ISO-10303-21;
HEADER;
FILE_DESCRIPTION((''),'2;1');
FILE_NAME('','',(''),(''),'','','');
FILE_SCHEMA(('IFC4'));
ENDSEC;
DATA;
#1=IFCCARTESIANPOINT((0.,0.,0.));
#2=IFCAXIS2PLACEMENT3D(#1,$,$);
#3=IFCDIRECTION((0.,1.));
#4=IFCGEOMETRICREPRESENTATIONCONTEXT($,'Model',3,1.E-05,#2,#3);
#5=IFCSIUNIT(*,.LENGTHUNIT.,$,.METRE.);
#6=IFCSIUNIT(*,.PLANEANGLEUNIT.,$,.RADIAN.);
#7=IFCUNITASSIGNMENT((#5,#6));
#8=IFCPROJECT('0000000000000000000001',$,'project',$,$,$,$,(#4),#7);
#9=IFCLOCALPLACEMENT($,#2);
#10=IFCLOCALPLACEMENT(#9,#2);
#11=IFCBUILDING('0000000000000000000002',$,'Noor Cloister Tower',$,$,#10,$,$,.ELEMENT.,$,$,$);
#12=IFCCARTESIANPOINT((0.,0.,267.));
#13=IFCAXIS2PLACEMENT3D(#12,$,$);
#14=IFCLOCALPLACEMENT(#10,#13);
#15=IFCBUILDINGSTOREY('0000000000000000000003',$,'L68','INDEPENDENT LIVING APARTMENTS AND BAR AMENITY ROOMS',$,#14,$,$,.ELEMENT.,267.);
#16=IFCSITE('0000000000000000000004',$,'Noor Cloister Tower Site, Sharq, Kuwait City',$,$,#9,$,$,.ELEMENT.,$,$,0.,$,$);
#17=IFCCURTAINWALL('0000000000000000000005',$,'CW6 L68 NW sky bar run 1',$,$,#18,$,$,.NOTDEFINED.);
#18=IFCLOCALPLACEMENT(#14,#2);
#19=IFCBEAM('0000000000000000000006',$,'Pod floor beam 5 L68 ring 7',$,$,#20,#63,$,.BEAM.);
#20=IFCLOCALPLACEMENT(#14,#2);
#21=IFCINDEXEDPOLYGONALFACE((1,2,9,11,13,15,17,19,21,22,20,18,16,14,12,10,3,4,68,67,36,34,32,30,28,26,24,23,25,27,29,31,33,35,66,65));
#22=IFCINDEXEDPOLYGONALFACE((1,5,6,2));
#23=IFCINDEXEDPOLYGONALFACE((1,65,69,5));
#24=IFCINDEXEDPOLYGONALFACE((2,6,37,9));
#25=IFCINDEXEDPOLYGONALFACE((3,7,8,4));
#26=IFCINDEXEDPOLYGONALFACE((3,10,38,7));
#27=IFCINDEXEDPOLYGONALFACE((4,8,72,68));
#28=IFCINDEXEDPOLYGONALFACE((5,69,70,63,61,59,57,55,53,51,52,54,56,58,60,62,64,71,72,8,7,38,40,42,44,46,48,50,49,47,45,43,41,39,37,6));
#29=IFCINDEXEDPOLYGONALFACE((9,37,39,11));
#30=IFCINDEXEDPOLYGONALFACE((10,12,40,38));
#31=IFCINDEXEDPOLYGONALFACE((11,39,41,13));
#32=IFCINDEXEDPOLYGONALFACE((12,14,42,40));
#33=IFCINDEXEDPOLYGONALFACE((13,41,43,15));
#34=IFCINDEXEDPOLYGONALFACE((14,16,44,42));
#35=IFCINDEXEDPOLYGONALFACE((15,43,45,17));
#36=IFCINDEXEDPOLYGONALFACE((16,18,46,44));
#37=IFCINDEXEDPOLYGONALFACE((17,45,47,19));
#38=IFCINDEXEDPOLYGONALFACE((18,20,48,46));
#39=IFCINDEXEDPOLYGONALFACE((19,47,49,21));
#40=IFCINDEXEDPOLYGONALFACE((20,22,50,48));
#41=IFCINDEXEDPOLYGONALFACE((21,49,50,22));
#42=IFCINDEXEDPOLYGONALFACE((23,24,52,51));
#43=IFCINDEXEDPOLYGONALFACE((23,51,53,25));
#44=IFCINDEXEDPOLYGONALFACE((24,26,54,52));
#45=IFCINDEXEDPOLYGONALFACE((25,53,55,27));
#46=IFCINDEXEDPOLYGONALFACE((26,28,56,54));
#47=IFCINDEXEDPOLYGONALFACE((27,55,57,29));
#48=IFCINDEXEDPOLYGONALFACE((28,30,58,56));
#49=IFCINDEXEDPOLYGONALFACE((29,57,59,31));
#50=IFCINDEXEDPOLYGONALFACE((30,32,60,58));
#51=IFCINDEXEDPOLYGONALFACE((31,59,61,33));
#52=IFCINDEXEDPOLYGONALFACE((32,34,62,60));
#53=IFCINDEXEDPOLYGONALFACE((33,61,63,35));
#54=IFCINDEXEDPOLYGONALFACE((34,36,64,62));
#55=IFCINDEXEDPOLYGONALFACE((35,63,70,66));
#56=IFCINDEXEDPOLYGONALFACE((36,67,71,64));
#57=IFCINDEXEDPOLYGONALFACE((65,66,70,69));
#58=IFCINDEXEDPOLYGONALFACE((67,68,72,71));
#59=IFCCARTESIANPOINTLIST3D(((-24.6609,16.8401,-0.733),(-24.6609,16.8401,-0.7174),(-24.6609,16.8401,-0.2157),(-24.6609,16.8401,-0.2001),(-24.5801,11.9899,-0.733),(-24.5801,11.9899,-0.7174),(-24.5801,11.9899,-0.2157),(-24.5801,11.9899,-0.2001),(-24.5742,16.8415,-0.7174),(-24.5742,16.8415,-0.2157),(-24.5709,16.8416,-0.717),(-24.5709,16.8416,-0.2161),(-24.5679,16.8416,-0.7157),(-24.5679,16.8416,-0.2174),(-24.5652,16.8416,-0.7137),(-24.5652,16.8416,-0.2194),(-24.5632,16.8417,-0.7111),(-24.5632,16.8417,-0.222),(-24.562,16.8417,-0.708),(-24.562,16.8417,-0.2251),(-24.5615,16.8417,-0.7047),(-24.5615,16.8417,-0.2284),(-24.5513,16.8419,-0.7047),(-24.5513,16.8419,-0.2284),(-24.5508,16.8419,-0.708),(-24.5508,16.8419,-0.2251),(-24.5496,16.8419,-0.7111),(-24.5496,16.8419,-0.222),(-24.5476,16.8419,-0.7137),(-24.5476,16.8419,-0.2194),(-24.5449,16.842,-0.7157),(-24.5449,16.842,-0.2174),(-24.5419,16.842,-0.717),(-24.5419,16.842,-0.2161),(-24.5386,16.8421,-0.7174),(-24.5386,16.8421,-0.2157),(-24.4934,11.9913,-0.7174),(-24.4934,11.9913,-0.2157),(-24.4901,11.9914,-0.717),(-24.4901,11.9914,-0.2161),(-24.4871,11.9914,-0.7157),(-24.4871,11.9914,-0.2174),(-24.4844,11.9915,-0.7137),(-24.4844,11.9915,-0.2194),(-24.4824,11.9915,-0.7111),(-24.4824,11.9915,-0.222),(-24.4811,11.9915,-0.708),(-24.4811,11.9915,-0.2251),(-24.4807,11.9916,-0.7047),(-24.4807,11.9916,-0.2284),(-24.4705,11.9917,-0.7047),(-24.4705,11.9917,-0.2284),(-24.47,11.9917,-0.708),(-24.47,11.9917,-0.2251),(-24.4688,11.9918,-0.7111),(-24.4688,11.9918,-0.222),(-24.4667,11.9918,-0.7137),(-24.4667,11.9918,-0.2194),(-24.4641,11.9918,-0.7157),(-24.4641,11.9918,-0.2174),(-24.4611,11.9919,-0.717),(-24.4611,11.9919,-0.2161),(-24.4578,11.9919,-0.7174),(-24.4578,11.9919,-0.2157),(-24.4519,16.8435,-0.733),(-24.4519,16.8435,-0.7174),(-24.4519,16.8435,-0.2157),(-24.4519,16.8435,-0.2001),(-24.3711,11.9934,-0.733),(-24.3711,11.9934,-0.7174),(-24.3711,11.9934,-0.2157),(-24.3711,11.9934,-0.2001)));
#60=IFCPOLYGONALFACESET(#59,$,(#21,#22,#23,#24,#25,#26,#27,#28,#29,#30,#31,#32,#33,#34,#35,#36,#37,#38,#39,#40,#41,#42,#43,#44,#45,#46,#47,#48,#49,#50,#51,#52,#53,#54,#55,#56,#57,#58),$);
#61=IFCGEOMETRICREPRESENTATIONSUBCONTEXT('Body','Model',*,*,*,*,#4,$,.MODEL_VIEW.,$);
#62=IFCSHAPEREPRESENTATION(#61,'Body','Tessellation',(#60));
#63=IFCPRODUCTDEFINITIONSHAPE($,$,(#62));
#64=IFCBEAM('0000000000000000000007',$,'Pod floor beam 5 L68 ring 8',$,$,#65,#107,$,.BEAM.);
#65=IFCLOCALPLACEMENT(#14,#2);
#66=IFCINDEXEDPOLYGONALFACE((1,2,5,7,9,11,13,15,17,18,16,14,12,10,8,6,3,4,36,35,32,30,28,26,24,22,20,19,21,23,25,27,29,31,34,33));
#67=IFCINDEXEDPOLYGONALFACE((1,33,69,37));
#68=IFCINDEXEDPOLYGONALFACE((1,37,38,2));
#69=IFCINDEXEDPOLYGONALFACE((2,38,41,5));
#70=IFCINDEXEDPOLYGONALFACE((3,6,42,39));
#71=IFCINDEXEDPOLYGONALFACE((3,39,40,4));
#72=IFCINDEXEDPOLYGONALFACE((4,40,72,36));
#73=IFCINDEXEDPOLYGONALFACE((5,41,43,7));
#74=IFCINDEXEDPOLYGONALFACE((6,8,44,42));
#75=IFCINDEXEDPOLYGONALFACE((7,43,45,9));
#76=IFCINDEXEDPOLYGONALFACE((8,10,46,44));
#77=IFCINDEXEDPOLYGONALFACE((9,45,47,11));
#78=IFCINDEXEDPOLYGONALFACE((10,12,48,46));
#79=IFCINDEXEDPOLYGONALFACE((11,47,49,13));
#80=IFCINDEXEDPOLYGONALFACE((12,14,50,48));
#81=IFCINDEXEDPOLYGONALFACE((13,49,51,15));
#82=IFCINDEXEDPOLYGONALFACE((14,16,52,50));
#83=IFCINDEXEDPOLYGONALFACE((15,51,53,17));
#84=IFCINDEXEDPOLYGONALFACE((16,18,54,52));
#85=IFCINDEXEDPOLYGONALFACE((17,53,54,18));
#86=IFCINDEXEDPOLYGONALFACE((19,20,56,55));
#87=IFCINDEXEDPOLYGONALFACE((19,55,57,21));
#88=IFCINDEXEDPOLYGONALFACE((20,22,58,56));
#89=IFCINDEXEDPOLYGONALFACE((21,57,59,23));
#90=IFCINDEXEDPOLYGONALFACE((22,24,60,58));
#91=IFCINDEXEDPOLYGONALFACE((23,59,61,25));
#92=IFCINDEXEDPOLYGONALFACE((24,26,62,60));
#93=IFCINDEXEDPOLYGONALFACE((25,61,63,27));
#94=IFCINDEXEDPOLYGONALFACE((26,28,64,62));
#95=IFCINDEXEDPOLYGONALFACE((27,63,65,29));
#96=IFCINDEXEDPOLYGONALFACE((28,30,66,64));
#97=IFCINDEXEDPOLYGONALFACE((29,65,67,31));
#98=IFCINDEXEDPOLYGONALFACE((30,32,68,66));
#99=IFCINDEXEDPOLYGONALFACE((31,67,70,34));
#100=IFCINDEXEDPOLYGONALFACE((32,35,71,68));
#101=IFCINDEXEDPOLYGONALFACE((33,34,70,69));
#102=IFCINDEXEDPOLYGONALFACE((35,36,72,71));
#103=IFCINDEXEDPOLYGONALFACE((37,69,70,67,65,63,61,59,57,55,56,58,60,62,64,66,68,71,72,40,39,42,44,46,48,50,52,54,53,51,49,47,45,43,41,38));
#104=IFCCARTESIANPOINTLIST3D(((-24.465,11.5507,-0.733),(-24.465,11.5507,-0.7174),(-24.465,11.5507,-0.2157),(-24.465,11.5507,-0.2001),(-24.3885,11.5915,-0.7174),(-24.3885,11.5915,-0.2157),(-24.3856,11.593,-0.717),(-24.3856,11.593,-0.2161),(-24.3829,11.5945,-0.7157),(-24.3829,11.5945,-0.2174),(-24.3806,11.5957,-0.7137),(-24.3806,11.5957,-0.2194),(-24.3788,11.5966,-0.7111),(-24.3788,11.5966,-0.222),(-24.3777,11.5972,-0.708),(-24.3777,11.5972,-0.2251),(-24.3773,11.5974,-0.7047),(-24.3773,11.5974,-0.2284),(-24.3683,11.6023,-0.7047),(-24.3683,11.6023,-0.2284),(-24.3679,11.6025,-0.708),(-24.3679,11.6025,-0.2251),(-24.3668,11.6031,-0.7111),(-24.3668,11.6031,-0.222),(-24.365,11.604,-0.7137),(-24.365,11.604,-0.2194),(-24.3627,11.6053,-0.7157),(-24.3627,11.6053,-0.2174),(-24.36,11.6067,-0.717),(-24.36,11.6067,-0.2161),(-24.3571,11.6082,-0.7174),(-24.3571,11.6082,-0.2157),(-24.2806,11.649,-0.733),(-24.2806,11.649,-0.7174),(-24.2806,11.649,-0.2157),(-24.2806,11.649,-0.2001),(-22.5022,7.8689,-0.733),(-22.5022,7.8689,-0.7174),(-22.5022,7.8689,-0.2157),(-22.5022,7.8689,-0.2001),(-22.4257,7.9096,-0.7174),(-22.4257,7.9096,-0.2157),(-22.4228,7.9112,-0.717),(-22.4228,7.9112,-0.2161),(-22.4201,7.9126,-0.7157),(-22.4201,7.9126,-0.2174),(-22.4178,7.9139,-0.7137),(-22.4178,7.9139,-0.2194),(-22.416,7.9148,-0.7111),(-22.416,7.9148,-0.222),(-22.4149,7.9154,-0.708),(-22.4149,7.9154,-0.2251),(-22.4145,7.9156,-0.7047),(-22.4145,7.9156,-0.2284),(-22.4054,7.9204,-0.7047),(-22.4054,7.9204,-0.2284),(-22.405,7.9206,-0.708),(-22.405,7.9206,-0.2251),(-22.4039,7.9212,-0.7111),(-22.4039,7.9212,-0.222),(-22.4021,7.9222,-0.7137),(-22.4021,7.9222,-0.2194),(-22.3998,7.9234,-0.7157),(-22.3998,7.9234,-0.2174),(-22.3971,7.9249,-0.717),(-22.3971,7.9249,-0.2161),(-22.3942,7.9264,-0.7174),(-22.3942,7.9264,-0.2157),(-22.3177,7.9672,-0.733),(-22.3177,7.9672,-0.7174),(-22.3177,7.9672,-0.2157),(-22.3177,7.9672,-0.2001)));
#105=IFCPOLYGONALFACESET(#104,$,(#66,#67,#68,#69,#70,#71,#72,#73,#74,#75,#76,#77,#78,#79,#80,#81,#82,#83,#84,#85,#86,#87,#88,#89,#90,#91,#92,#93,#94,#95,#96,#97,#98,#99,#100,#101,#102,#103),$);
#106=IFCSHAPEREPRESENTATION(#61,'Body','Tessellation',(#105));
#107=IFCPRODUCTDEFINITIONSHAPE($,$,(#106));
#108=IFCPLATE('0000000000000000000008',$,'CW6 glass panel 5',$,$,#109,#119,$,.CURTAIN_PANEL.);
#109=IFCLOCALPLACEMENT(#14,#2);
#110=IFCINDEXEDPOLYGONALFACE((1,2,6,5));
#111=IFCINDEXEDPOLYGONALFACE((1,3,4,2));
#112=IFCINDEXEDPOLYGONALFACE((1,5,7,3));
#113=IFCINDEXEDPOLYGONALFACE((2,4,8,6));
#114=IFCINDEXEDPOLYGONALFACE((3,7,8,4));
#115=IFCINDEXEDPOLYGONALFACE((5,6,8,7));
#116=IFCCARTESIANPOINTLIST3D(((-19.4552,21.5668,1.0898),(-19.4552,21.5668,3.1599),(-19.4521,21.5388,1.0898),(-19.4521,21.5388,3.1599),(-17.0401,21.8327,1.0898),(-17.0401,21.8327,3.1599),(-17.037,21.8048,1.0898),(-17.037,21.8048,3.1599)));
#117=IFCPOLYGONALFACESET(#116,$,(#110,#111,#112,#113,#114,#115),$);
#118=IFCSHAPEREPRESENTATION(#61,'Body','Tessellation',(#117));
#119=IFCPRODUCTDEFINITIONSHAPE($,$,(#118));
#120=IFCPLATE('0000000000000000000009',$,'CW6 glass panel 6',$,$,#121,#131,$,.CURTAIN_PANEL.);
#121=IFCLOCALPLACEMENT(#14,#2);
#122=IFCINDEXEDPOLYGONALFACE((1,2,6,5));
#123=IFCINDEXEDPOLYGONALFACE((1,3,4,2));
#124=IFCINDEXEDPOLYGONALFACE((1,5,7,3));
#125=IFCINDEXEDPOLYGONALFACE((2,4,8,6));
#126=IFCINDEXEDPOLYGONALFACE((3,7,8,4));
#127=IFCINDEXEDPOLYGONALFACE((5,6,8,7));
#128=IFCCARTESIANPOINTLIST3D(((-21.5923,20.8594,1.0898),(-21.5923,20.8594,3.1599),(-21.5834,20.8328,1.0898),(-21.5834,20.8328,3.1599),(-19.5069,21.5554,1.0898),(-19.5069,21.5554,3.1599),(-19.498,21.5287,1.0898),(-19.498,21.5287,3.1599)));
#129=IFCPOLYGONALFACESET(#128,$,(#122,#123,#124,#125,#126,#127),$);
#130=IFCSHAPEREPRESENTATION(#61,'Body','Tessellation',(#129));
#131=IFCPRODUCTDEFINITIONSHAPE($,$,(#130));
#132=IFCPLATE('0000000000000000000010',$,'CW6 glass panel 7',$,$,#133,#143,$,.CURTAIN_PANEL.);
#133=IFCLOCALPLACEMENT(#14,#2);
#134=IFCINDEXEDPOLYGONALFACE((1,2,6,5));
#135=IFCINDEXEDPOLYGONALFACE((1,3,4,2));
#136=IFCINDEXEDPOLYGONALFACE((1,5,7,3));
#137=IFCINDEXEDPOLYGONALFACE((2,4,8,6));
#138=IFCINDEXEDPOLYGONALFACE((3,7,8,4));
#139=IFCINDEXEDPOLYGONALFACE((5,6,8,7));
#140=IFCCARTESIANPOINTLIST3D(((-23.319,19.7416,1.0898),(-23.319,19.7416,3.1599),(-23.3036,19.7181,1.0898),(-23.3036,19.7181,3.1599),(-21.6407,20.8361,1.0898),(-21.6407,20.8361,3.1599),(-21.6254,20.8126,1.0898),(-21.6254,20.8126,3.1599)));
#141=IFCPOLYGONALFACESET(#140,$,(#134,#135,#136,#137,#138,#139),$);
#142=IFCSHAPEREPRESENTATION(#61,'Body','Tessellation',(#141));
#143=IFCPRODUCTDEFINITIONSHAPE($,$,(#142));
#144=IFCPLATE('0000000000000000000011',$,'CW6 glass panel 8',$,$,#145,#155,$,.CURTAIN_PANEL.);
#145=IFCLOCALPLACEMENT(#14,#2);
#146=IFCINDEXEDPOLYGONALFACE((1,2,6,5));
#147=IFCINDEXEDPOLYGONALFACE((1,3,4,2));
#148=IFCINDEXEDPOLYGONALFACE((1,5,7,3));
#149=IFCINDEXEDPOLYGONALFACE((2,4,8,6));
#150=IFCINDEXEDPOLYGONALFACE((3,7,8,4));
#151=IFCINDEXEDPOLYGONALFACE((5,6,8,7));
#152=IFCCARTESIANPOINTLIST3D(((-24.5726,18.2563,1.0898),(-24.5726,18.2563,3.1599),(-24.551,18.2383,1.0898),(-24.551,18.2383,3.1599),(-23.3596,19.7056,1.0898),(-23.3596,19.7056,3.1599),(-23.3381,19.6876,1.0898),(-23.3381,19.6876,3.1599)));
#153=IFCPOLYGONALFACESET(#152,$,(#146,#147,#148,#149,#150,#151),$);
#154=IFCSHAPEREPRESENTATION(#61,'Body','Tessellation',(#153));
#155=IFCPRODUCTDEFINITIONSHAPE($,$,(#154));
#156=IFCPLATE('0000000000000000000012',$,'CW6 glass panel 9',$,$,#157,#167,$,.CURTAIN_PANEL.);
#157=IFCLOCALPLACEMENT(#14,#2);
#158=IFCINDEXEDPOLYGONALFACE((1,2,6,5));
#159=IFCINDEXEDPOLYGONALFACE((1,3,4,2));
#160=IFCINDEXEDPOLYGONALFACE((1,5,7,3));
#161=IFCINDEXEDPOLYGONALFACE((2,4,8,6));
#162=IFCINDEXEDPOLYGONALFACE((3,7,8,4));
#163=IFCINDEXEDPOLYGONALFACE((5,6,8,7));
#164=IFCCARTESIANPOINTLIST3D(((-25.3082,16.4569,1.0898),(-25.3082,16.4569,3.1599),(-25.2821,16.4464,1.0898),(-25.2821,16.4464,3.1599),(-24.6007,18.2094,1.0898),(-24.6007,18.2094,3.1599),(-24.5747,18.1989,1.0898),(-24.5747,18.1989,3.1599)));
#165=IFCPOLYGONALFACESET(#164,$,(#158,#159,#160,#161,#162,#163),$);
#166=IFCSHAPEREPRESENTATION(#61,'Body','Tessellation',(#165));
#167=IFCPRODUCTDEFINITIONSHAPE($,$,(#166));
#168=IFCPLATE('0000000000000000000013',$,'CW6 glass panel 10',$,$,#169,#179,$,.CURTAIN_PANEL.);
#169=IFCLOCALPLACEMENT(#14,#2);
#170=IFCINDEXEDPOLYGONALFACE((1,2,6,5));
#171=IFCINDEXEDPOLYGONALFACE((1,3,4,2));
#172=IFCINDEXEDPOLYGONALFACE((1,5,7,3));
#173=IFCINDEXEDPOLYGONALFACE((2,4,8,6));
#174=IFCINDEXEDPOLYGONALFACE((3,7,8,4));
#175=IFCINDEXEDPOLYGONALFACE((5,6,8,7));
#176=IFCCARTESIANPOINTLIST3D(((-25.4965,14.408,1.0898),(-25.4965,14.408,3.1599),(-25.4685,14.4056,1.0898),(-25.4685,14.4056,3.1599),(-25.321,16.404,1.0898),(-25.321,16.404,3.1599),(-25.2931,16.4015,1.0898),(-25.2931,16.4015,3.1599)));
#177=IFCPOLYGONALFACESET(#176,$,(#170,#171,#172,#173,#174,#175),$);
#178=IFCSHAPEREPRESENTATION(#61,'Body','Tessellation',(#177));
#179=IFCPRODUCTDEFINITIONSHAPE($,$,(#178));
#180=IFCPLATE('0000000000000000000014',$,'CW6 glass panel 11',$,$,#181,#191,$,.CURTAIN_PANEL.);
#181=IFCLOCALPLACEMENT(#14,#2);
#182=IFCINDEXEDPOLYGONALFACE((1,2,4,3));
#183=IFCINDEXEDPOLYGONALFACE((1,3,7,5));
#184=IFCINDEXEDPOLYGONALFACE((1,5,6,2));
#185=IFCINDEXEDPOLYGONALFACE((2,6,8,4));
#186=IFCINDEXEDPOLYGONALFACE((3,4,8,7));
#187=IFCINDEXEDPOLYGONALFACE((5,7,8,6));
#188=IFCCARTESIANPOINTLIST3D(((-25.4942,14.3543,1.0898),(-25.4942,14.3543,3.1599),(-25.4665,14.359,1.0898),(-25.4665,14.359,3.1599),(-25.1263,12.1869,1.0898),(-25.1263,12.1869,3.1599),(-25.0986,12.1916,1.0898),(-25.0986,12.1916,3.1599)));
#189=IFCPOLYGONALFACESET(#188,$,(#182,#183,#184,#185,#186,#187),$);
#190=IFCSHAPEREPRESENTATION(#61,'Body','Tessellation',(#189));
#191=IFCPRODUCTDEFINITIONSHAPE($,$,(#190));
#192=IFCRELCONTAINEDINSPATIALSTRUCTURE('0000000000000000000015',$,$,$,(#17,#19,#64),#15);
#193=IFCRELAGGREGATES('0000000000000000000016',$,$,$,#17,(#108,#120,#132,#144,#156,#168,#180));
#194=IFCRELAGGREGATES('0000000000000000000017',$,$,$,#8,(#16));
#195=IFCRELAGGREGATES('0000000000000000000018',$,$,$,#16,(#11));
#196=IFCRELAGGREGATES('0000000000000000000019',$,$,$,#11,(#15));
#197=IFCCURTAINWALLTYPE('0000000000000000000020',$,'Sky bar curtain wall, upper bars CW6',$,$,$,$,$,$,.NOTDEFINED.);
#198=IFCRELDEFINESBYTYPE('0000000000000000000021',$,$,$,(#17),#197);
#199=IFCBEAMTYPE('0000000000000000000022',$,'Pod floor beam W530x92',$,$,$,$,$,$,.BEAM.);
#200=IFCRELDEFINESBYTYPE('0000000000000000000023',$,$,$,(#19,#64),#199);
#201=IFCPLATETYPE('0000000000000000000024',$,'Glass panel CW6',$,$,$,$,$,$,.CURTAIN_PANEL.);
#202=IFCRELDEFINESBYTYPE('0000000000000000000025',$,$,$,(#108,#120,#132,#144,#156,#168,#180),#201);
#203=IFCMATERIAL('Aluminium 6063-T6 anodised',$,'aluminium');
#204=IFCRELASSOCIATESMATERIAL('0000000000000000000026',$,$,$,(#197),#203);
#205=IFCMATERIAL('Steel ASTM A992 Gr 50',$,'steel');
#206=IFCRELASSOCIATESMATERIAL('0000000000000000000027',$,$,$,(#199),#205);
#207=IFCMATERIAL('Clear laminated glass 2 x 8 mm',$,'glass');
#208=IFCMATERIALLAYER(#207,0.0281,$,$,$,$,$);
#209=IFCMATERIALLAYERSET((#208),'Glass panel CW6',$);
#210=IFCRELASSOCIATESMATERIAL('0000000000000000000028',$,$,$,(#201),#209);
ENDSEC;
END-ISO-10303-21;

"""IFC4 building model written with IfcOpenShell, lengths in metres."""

from ifc_helpers import new_model, si_unit, direction, frame, origin, origin_2d, place, context, subcontext, project, spatial, rectangle, i_section, extrude, material, layer, layer_set, material_profile, profile_set, type_object, element, aggregate, save


model = new_model("IFC4")

# Units and contexts
model_context = context("Model", 3, precision=1e-05, world=origin(), true_north=direction((0.0, 1.0)))
body_context = subcontext(model_context, "Body", "Model", "MODEL_VIEW")
ifc_project = project(units=[si_unit("LENGTHUNIT", "METRE"), si_unit("PLANEANGLEUNIT", "RADIAN")], contexts=[model_context])

# Site, building, storey
site_placement = place(None, origin())
site = spatial("IfcSite", under=ifc_project, at=site_placement, Name="Noor Cloister Tower Site, Sharq, Kuwait City", CompositionType="ELEMENT", RefElevation=0.0)
building_placement = place(site_placement, origin())
building = spatial("IfcBuilding", under=site, at=building_placement, Name="Noor Cloister Tower", CompositionType="ELEMENT")
storey_placement = place(building_placement, frame((0.0, 0.0, 267.0)))
storey = spatial("IfcBuildingStorey", under=building, at=storey_placement, Name="L68", Description="INDEPENDENT LIVING APARTMENTS AND BAR AMENITY ROOMS", CompositionType="ELEMENT", Elevation=267.0)

# Curtain wall
ifc_material_1 = material(Name="Aluminium 6063-T6 anodised", Category="aluminium")
curtain_wall_type = type_object("IfcCurtainWallType", Name="Sky bar curtain wall, upper bars CW6", PredefinedType="NOTDEFINED", material=ifc_material_1)
curtain_wall_placement = place(storey_placement, origin())
curtain_wall = element("IfcCurtainWall", 1, at=curtain_wall_placement, inside=storey, type_object=curtain_wall_type, Name="CW6 L68 NW sky bar run 1", PredefinedType="NOTDEFINED")

# Beams
ifc_material_2 = material(Name="Steel ASTM A992 Gr 50", Category="steel")
ifc_material_profile_1 = material_profile(ifc_material_2, i_section(OverallWidth=0.209, OverallDepth=0.533, WebThickness=0.0103, FlangeThickness=0.0156, FilletRadius=0.0127, at=origin_2d()), Name="W530x92")
ifc_profile_set_1 = profile_set([ifc_material_profile_1], Name="Steel ASTM A992 Gr 50")
beam_type = type_object("IfcBeamType", Name="Pod floor beam W530x92", PredefinedType="BEAM", material=ifc_profile_set_1)
beam_1_placement = place(storey_placement, frame((-24.5564, 16.8418, -0.4666), z_axis=(0.016659, -0.999861, 0.0), x_axis=(0.999861, 0.016659, 0.0)))
element("IfcBeam", 2, at=beam_1_placement, inside=storey, type_object=beam_type, Name="Pod floor beam 5 L68 ring 7", PredefinedType="BEAM", context=body_context, shape_type="SweptSolid", body=[
    extrude(i_section(OverallWidth=0.209, OverallDepth=0.533, WebThickness=0.0103, FlangeThickness=0.0156, FilletRadius=0.0127, at=origin_2d()), origin(), (0.0, 0.0, 1.0), 4.8508),
])
beam_2_placement = place(storey_placement, frame((-24.3728, 11.5999, -0.4666), z_axis=(0.470442, -0.882431, 0.0), x_axis=(0.882431, 0.470442, 0.0)))
element("IfcBeam", 3, at=beam_2_placement, inside=storey, type_object=beam_type, Name="Pod floor beam 5 L68 ring 8", PredefinedType="BEAM", context=body_context, shape_type="SweptSolid", body=[
    extrude(i_section(OverallWidth=0.209, OverallDepth=0.533, WebThickness=0.0103, FlangeThickness=0.0156, FilletRadius=0.0127, at=origin_2d()), origin(), (0.0, 0.0, 1.0), 4.1724),
])

# Plates
ifc_material_3 = material(Name="Clear laminated glass 2 x 8 mm", Category="glass")
ifc_layer_1 = layer(ifc_material_3, 0.0281)
ifc_layer_set_1 = layer_set([ifc_layer_1], Name="Glass panel CW6")
plate_type = type_object("IfcPlateType", Name="Glass panel CW6", PredefinedType="CURTAIN_PANEL", material=ifc_layer_set_1)
plate_1_placement = place(storey_placement, frame((-18.2461, 21.6858, 1.0898), z_axis=(0.0, 0.0, 1.0), x_axis=(-0.99399, -0.109471, 0.0)))
plate_1 = element("IfcPlate", 4, at=plate_1_placement, type_object=plate_type, Name="CW6 glass panel 5", PredefinedType="CURTAIN_PANEL", context=body_context, shape_type="SweptSolid", body=[
    extrude(rectangle(XDim=2.4297, YDim=0.0281, at=origin_2d()), origin(), (0.0, 0.0, 1.0), 2.0701),
])
plate_2_placement = place(storey_placement, frame((-20.5452, 21.1941, 1.0898), z_axis=(0.0, 0.0, 1.0), x_axis=(-0.948577, -0.316547, 0.0)))
plate_2 = element("IfcPlate", 5, at=plate_2_placement, type_object=plate_type, Name="CW6 glass panel 6", PredefinedType="CURTAIN_PANEL", context=body_context, shape_type="SweptSolid", body=[
    extrude(rectangle(XDim=2.1985, YDim=0.0281, at=origin_2d()), origin(), (0.0, 0.0, 1.0), 2.0701),
])
plate_3_placement = place(storey_placement, frame((-22.4722, 20.2771, 1.0898), z_axis=(0.0, 0.0, 1.0), x_axis=(-0.837597, -0.546289, 0.0)))
plate_3 = element("IfcPlate", 6, at=plate_3_placement, type_object=plate_type, Name="CW6 glass panel 7", PredefinedType="CURTAIN_PANEL", context=body_context, shape_type="SweptSolid", body=[
    extrude(rectangle(XDim=2.0037, YDim=0.0281, at=origin_2d()), origin(), (0.0, 0.0, 1.0), 2.0701),
])
plate_4_placement = place(storey_placement, frame((-23.9553, 18.9719, 1.0898), z_axis=(0.0, 0.0, 1.0), x_axis=(-0.641815, -0.76686, 0.0)))
plate_4 = element("IfcPlate", 7, at=plate_4_placement, type_object=plate_type, Name="CW6 glass panel 8", PredefinedType="CURTAIN_PANEL", context=body_context, shape_type="SweptSolid", body=[
    extrude(rectangle(XDim=1.8899, YDim=0.0281, at=origin_2d()), origin(), (0.0, 0.0, 1.0), 2.0701),
])
plate_5_placement = place(storey_placement, frame((-24.9414, 17.3279, 1.0898), z_axis=(0.0, 0.0, 1.0), x_axis=(-0.374344, -0.92729, 0.0)))
plate_5 = element("IfcPlate", 8, at=plate_5_placement, type_object=plate_type, Name="CW6 glass panel 9", PredefinedType="CURTAIN_PANEL", context=body_context, shape_type="SweptSolid", body=[
    extrude(rectangle(XDim=1.8899, YDim=0.0281, at=origin_2d()), origin(), (0.0, 0.0, 1.0), 2.0701),
])
plate_6_placement = place(storey_placement, frame((-25.3948, 15.4048, 1.0898), z_axis=(0.0, 0.0, 1.0), x_axis=(-0.087571, -0.996158, 0.0)))
plate_6 = element("IfcPlate", 9, at=plate_6_placement, type_object=plate_type, Name="CW6 glass panel 10", PredefinedType="CURTAIN_PANEL", context=body_context, shape_type="SweptSolid", body=[
    extrude(rectangle(XDim=2.0037, YDim=0.0281, at=origin_2d()), origin(), (0.0, 0.0, 1.0), 2.0701),
])
plate_7_placement = place(storey_placement, frame((-25.2964, 13.2729, 1.0898), z_axis=(0.0, 0.0, 1.0), x_axis=(0.167366, -0.985895, 0.0)))
plate_7 = element("IfcPlate", 10, at=plate_7_placement, type_object=plate_type, Name="CW6 glass panel 11", PredefinedType="CURTAIN_PANEL", context=body_context, shape_type="SweptSolid", body=[
    extrude(rectangle(XDim=2.1985, YDim=0.0281, at=origin_2d()), origin(), (0.0, 0.0, 1.0), 2.0701),
])
aggregate(curtain_wall, [plate_1, plate_2, plate_3, plate_4, plate_5, plate_6, plate_7])

save(model, "model.ifc")
